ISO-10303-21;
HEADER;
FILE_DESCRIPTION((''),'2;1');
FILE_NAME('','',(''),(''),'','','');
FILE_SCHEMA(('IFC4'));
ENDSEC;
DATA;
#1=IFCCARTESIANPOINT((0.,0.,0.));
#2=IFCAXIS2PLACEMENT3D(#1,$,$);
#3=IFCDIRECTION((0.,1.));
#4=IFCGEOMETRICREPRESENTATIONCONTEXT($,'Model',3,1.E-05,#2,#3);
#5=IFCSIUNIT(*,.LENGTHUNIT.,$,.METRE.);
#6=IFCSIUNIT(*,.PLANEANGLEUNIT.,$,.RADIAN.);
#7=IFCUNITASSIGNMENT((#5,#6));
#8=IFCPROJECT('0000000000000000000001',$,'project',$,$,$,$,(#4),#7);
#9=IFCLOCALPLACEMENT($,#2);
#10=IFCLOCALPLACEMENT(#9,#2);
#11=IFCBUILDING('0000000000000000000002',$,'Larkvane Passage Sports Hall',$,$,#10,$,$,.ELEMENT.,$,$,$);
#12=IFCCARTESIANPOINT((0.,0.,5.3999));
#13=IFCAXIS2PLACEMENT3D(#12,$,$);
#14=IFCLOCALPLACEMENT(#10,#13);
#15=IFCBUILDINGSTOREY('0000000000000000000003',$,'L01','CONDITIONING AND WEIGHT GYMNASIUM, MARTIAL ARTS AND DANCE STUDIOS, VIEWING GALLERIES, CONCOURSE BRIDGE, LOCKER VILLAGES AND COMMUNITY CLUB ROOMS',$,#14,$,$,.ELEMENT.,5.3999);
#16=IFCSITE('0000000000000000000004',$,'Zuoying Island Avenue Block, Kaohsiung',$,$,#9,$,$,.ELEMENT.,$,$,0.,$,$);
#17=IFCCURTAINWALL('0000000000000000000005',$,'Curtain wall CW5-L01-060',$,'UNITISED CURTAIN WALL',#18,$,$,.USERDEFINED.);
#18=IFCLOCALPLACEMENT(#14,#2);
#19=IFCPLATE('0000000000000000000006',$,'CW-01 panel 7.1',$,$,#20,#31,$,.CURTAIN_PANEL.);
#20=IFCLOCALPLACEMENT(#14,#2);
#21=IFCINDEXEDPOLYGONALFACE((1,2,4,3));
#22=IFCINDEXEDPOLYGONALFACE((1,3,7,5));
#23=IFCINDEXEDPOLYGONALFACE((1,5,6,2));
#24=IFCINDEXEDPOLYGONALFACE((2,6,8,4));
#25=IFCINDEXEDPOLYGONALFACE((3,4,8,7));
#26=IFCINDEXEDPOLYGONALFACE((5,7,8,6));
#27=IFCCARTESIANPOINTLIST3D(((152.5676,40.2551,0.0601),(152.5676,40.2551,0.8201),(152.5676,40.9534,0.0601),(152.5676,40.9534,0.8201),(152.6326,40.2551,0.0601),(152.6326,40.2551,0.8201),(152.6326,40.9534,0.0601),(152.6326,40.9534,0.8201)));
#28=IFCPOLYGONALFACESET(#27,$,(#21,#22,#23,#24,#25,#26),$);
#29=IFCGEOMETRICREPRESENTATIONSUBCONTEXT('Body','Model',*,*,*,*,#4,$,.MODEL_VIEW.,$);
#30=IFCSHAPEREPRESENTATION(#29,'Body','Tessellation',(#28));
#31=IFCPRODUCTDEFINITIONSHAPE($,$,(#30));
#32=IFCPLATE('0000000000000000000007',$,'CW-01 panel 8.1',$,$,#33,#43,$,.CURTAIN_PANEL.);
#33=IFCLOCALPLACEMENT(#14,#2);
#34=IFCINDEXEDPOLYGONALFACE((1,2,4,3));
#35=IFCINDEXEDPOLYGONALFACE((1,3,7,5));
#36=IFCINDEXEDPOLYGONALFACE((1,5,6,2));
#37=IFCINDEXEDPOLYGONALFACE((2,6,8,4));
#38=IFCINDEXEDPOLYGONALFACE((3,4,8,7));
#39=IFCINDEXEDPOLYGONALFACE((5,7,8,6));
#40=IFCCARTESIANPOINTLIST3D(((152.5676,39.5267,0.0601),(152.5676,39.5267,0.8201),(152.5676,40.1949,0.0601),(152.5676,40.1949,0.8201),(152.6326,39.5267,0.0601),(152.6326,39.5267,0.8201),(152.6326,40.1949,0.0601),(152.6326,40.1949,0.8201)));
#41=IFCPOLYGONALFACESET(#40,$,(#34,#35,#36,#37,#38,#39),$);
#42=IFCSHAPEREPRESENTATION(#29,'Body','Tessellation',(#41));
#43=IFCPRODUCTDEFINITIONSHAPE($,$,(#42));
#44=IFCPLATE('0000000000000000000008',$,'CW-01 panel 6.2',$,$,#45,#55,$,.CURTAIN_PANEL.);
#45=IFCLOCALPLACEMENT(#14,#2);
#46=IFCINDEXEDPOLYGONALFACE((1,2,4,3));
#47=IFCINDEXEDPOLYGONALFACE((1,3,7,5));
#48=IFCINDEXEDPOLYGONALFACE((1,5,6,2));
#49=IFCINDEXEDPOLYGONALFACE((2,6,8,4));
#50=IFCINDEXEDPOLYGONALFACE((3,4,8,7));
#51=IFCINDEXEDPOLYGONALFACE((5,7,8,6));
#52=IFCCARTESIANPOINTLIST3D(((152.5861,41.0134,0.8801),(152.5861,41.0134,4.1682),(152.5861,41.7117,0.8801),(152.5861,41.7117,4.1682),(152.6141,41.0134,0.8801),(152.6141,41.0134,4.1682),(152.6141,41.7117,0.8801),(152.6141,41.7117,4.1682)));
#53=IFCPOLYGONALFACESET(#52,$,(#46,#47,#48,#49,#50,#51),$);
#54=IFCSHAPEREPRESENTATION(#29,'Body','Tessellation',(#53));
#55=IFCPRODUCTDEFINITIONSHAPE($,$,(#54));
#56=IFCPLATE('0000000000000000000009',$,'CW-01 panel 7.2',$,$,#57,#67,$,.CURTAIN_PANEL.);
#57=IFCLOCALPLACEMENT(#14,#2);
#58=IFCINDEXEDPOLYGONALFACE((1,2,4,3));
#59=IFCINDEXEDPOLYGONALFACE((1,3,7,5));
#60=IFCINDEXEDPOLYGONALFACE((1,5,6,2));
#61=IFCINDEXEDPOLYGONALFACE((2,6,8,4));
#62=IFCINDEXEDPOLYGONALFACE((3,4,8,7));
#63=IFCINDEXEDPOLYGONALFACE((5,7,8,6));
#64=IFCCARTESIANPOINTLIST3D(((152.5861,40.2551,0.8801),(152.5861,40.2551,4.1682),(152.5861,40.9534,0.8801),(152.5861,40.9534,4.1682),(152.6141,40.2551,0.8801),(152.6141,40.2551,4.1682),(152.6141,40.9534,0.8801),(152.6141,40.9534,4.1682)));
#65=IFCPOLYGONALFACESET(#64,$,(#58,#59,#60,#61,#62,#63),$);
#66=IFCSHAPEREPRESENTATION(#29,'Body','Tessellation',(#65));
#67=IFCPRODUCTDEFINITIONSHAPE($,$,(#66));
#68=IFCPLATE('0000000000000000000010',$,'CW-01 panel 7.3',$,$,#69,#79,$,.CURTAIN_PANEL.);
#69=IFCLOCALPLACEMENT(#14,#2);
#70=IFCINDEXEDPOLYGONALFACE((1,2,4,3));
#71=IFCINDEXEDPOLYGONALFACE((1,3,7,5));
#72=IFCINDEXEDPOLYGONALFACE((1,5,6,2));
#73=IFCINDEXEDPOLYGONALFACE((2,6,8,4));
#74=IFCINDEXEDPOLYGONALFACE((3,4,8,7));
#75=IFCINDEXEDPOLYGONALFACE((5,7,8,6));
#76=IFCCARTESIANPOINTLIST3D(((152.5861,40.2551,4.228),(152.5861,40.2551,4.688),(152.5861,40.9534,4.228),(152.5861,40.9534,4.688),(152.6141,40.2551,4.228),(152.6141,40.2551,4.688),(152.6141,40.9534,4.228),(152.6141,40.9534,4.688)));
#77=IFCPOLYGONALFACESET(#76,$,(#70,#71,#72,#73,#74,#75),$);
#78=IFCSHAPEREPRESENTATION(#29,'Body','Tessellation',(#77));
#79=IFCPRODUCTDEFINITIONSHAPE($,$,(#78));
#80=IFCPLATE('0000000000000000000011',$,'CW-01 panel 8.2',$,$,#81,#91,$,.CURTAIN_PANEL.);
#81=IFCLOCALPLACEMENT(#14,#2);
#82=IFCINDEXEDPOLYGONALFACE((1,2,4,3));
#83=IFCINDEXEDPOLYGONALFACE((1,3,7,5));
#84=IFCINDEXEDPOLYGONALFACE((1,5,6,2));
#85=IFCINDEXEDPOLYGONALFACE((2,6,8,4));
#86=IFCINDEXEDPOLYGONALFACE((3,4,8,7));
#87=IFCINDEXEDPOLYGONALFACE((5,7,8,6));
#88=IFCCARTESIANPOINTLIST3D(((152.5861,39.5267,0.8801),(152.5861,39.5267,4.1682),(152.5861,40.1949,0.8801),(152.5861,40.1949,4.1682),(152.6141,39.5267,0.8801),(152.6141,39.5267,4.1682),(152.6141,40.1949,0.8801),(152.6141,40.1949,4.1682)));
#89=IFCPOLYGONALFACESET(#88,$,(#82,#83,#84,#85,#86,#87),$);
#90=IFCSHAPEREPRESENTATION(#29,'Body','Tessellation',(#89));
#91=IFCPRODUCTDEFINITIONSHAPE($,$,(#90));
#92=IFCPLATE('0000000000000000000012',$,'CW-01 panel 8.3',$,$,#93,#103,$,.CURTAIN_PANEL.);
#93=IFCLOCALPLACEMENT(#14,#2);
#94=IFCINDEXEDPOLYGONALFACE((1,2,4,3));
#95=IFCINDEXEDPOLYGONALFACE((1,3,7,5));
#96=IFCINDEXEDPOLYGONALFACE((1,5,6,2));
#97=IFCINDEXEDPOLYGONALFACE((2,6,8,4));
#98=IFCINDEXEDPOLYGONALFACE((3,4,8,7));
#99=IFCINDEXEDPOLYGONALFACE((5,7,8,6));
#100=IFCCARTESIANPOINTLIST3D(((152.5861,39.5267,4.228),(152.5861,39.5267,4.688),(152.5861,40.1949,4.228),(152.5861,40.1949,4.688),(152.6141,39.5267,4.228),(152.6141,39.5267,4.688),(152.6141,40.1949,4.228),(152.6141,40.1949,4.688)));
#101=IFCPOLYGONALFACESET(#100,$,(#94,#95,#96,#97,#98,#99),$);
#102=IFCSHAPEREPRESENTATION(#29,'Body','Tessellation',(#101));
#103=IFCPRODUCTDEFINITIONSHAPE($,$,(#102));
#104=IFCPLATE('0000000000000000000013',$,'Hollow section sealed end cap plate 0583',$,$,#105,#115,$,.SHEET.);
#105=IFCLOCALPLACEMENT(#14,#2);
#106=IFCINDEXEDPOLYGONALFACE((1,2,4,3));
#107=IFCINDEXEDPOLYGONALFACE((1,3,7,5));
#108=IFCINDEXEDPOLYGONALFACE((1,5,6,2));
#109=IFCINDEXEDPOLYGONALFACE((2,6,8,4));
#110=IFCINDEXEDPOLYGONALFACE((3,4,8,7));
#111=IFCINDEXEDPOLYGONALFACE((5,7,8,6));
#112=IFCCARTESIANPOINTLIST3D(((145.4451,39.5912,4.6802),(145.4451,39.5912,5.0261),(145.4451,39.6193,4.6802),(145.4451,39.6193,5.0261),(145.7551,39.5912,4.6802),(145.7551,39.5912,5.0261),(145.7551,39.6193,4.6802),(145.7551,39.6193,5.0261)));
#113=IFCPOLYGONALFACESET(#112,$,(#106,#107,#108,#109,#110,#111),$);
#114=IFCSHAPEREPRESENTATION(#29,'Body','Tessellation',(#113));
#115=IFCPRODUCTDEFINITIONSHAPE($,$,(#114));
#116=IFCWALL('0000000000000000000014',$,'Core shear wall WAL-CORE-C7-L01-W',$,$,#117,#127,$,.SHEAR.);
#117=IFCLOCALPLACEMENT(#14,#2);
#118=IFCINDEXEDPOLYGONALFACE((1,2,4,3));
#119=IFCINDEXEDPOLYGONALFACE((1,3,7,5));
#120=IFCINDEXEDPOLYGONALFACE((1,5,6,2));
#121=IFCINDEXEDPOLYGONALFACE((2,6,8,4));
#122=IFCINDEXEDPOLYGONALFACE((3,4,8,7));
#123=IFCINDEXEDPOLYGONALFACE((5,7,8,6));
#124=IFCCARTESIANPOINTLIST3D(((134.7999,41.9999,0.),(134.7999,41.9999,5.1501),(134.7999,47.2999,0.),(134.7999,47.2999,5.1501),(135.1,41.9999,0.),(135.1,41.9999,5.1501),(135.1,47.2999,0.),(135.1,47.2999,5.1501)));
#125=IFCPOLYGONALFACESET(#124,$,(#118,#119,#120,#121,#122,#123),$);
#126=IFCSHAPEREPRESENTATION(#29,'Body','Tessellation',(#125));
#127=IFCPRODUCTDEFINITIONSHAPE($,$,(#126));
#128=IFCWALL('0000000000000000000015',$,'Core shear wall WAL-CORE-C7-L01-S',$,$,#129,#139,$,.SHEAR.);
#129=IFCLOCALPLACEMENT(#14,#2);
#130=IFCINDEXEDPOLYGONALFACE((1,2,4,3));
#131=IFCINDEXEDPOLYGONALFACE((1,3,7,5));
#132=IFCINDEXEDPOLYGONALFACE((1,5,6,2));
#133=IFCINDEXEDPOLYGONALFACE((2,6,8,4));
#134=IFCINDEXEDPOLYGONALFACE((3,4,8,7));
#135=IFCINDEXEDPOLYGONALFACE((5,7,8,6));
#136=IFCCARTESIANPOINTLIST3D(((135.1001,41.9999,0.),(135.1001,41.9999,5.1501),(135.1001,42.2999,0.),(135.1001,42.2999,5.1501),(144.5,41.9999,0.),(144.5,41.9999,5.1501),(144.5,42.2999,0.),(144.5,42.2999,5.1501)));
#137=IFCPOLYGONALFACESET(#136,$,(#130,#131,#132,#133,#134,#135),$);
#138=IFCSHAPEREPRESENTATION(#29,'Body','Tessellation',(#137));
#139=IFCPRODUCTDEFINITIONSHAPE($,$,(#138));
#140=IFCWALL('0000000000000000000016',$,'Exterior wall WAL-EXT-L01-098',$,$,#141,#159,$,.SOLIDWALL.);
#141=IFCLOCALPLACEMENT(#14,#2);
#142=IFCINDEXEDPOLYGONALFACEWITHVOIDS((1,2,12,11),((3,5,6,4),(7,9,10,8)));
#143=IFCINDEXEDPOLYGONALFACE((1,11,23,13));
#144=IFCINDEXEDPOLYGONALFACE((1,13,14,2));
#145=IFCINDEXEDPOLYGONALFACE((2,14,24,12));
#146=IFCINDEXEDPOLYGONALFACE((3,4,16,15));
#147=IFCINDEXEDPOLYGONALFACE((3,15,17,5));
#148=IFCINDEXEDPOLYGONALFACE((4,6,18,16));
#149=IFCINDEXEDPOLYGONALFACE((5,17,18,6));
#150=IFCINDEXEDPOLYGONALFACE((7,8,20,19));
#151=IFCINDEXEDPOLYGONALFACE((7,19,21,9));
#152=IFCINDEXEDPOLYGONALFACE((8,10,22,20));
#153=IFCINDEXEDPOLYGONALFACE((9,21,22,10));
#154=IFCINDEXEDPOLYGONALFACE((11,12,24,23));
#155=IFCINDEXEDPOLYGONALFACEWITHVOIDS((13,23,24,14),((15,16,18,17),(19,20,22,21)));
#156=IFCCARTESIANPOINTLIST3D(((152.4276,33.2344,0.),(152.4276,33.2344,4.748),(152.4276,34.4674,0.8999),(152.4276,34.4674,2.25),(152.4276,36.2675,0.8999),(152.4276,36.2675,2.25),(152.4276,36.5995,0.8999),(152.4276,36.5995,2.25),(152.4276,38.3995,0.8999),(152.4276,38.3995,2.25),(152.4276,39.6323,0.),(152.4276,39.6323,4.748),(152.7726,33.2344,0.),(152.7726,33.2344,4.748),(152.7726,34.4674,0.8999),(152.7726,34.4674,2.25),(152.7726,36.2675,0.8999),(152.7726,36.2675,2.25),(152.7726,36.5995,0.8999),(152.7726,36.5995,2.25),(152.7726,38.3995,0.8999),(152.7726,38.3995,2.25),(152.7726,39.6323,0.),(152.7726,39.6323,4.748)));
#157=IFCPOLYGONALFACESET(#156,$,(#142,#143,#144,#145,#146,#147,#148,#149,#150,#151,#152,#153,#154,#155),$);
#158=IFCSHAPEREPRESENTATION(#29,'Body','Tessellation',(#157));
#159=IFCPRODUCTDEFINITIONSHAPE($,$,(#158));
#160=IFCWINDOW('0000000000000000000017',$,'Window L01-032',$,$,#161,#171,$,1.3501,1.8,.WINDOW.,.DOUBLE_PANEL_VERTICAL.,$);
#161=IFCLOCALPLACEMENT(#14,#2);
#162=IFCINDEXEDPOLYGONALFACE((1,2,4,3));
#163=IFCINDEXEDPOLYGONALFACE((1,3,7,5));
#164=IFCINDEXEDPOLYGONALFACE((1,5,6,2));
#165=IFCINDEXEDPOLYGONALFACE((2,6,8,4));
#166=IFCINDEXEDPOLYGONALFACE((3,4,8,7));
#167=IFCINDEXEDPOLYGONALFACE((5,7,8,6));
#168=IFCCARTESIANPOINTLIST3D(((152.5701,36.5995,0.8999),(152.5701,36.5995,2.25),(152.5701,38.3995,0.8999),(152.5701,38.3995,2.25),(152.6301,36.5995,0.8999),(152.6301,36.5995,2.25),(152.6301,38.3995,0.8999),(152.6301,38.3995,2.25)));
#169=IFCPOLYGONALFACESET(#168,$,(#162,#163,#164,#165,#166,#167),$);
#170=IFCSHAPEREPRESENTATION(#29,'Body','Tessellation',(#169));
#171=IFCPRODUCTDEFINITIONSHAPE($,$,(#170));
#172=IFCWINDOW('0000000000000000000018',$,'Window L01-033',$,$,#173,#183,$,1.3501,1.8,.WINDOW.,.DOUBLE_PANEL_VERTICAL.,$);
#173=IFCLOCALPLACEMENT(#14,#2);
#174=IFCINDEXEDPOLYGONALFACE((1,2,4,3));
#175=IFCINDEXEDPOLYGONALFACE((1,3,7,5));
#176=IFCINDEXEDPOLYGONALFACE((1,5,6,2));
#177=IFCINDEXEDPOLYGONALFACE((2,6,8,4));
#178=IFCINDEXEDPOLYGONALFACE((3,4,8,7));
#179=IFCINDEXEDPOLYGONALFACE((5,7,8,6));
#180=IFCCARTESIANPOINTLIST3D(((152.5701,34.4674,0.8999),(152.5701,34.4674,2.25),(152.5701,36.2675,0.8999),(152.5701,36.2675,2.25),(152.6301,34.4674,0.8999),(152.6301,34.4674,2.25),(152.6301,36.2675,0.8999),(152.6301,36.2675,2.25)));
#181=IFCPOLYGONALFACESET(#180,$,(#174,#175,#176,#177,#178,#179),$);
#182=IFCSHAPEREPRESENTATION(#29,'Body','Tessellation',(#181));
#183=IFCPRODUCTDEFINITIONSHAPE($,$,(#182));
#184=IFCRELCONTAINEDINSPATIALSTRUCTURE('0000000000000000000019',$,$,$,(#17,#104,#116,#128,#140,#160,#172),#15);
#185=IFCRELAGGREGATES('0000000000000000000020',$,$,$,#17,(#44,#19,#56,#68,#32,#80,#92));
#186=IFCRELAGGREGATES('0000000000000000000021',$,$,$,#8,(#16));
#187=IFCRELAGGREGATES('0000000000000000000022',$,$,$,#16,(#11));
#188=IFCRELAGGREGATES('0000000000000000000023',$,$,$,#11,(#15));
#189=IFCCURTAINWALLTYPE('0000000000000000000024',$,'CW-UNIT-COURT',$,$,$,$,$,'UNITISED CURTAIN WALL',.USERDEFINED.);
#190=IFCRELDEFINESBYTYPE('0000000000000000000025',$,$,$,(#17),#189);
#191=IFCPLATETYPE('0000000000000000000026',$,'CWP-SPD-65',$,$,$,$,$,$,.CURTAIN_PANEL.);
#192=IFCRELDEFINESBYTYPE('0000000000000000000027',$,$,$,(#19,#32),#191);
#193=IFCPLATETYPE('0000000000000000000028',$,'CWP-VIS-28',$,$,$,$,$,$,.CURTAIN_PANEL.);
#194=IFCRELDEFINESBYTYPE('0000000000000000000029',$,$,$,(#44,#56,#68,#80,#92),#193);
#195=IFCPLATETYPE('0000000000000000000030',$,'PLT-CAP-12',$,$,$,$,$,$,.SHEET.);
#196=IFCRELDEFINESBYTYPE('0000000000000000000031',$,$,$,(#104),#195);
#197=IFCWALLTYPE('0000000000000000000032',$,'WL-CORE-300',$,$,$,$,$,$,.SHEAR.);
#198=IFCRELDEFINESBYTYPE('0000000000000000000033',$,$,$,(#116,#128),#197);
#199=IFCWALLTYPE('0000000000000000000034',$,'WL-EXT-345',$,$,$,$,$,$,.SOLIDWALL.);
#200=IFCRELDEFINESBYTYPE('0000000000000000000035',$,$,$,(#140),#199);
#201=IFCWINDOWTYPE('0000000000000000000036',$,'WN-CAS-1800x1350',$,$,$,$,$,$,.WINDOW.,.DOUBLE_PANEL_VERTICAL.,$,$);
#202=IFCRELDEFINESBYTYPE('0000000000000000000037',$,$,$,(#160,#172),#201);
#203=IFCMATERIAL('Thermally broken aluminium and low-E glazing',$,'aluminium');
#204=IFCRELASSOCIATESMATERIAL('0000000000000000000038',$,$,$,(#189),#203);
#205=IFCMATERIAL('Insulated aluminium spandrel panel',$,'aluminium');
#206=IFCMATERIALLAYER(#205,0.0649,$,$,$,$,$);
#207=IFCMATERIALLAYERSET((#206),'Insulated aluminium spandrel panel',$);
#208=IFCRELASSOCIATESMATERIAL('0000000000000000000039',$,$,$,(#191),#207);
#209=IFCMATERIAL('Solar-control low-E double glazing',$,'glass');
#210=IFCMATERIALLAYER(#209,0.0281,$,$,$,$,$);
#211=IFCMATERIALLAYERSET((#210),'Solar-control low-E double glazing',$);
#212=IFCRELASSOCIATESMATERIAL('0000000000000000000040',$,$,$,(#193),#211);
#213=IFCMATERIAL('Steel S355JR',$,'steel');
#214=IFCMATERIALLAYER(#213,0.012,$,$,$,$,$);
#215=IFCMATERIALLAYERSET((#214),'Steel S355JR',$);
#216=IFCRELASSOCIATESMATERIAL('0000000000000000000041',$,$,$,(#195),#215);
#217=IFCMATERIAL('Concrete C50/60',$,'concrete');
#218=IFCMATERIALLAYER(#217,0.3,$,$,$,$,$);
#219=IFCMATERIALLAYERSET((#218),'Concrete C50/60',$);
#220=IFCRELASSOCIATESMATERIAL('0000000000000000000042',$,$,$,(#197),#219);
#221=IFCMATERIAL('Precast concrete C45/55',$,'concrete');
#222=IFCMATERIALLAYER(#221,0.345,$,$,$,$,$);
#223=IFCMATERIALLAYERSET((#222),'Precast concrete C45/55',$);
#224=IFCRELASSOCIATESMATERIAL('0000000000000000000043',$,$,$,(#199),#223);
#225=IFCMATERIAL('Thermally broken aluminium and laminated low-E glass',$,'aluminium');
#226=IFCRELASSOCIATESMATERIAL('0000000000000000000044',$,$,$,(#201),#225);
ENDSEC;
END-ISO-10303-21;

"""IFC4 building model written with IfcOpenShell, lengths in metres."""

from ifc_helpers import new_model, si_unit, direction, frame, frame_2d, origin, origin_2d, place, context, subcontext, project, spatial, rectangle, extrude, material, layer, layer_set, type_object, element, fill, aggregate, save


model = new_model("IFC4")

# Units and contexts
model_context = context("Model", 3, precision=1e-05, world=origin(), true_north=direction((0.0, 1.0)))
body_context = subcontext(model_context, "Body", "Model", "MODEL_VIEW")
ifc_project = project(units=[si_unit("LENGTHUNIT", "METRE"), si_unit("PLANEANGLEUNIT", "RADIAN")], contexts=[model_context])

# Site, building, storey
site_placement = place(None, origin())
site = spatial("IfcSite", under=ifc_project, at=site_placement, Name="Zuoying Island Avenue Block, Kaohsiung", CompositionType="ELEMENT", RefElevation=0.0)
building_placement = place(site_placement, origin())
building = spatial("IfcBuilding", under=site, at=building_placement, Name="Larkvane Passage Sports Hall", CompositionType="ELEMENT")
storey_placement = place(building_placement, frame((0.0, 0.0, 5.3999)))
storey = spatial("IfcBuildingStorey", under=building, at=storey_placement, Name="L01", Description="CONDITIONING AND WEIGHT GYMNASIUM, MARTIAL ARTS AND DANCE STUDIOS, VIEWING GALLERIES, CONCOURSE BRIDGE, LOCKER VILLAGES AND COMMUNITY CLUB ROOMS", CompositionType="ELEMENT", Elevation=5.3999)

# Shared definitions
ifc_material_1 = material(Name="Steel S355JR", Category="steel")

# Curtain wall
ifc_material_2 = material(Name="Thermally broken aluminium and low-E glazing", Category="aluminium")
curtain_wall_type = type_object("IfcCurtainWallType", Name="CW-UNIT-COURT", ElementType="UNITISED CURTAIN WALL", PredefinedType="USERDEFINED", material=ifc_material_2)
curtain_wall_placement = place(storey_placement, origin())
curtain_wall = element("IfcCurtainWall", 1, at=curtain_wall_placement, inside=storey, type_object=curtain_wall_type, Name="Curtain wall CW5-L01-060", ObjectType="UNITISED CURTAIN WALL", PredefinedType="USERDEFINED")

# Plates
ifc_material_3 = material(Name="Insulated aluminium spandrel panel", Category="aluminium")
ifc_layer_1 = layer(ifc_material_3, 0.0649)
ifc_layer_set_1 = layer_set([ifc_layer_1], Name="Insulated aluminium spandrel panel")
plate_type_1 = type_object("IfcPlateType", Name="CWP-SPD-65", PredefinedType="CURTAIN_PANEL", material=ifc_layer_set_1)
plate_1_placement = place(storey_placement, frame((152.6001, 40.6042, 0.0601), z_axis=(0.0, 0.0, 1.0), x_axis=(0.0, -1.0, 0.0)))
plate_1 = element("IfcPlate", 2, at=plate_1_placement, type_object=plate_type_1, Name="CW-01 panel 7.1", PredefinedType="CURTAIN_PANEL", context=body_context, shape_type="SweptSolid", body=[
    extrude(rectangle(XDim=0.6982, YDim=0.0649, at=origin_2d()), origin(), (0.0, 0.0, 1.0), 0.76),
])
plate_2_placement = place(storey_placement, frame((152.6001, 39.8608, 0.0601), z_axis=(0.0, 0.0, 1.0), x_axis=(0.0, -1.0, 0.0)))
plate_2 = element("IfcPlate", 3, at=plate_2_placement, type_object=plate_type_1, Name="CW-01 panel 8.1", PredefinedType="CURTAIN_PANEL", context=body_context, shape_type="SweptSolid", body=[
    extrude(rectangle(XDim=0.6682, YDim=0.0649, at=origin_2d()), origin(), (0.0, 0.0, 1.0), 0.76),
])
ifc_material_4 = material(Name="Solar-control low-E double glazing", Category="glass")
ifc_layer_2 = layer(ifc_material_4, 0.0281)
ifc_layer_set_2 = layer_set([ifc_layer_2], Name="Solar-control low-E double glazing")
plate_type_2 = type_object("IfcPlateType", Name="CWP-VIS-28", PredefinedType="CURTAIN_PANEL", material=ifc_layer_set_2)
plate_3_placement = place(storey_placement, frame((152.6001, 41.3625, 0.8801), z_axis=(0.0, 0.0, 1.0), x_axis=(0.0, -1.0, 0.0)))
plate_3 = element("IfcPlate", 4, at=plate_3_placement, type_object=plate_type_2, Name="CW-01 panel 6.2", PredefinedType="CURTAIN_PANEL", context=body_context, shape_type="SweptSolid", body=[
    extrude(rectangle(XDim=0.6982, YDim=0.0281, at=origin_2d()), origin(), (0.0, 0.0, 1.0), 3.2881),
])
plate_4_placement = place(storey_placement, frame((152.6001, 40.6042, 0.8801), z_axis=(0.0, 0.0, 1.0), x_axis=(0.0, -1.0, 0.0)))
plate_4 = element("IfcPlate", 5, at=plate_4_placement, type_object=plate_type_2, Name="CW-01 panel 7.2", PredefinedType="CURTAIN_PANEL", context=body_context, shape_type="SweptSolid", body=[
    extrude(rectangle(XDim=0.6982, YDim=0.0281, at=origin_2d()), origin(), (0.0, 0.0, 1.0), 3.2881),
])
plate_5_placement = place(storey_placement, frame((152.6001, 40.6042, 4.228), z_axis=(0.0, 0.0, 1.0), x_axis=(0.0, -1.0, 0.0)))
plate_5 = element("IfcPlate", 6, at=plate_5_placement, type_object=plate_type_2, Name="CW-01 panel 7.3", PredefinedType="CURTAIN_PANEL", context=body_context, shape_type="SweptSolid", body=[
    extrude(rectangle(XDim=0.6982, YDim=0.0281, at=origin_2d()), origin(), (0.0, 0.0, 1.0), 0.46),
])
plate_6_placement = place(storey_placement, frame((152.6001, 39.8608, 0.8801), z_axis=(0.0, 0.0, 1.0), x_axis=(0.0, -1.0, 0.0)))
plate_6 = element("IfcPlate", 7, at=plate_6_placement, type_object=plate_type_2, Name="CW-01 panel 8.2", PredefinedType="CURTAIN_PANEL", context=body_context, shape_type="SweptSolid", body=[
    extrude(rectangle(XDim=0.6682, YDim=0.0281, at=origin_2d()), origin(), (0.0, 0.0, 1.0), 3.2881),
])
plate_7_placement = place(storey_placement, frame((152.6001, 39.8608, 4.228), z_axis=(0.0, 0.0, 1.0), x_axis=(0.0, -1.0, 0.0)))
plate_7 = element("IfcPlate", 8, at=plate_7_placement, type_object=plate_type_2, Name="CW-01 panel 8.3", PredefinedType="CURTAIN_PANEL", context=body_context, shape_type="SweptSolid", body=[
    extrude(rectangle(XDim=0.6682, YDim=0.0281, at=origin_2d()), origin(), (0.0, 0.0, 1.0), 0.46),
])
aggregate(curtain_wall, [plate_3, plate_1, plate_4, plate_5, plate_2, plate_6, plate_7])
ifc_layer_3 = layer(ifc_material_1, 0.012)
ifc_layer_set_3 = layer_set([ifc_layer_3], Name="Steel S355JR")
plate_type_3 = type_object("IfcPlateType", Name="PLT-CAP-12", PredefinedType="SHEET", material=ifc_layer_set_3)
plate_8_placement = place(storey_placement, frame((145.6001, 39.6052, 4.6802), z_axis=(0.0, 0.0, 1.0), x_axis=(-1.0, 0.0, 0.0)))
element("IfcPlate", 9, at=plate_8_placement, inside=storey, type_object=plate_type_3, Name="Hollow section sealed end cap plate 0583", PredefinedType="SHEET", context=body_context, shape_type="SweptSolid", body=[
    extrude(rectangle(XDim=0.3101, YDim=0.0281, at=origin_2d()), origin(), (0.0, 0.0, 1.0), 0.3459),
])

# Walls
ifc_material_5 = material(Name="Concrete C50/60", Category="concrete")
ifc_layer_4 = layer(ifc_material_5, 0.3)
ifc_layer_set_4 = layer_set([ifc_layer_4], Name="Concrete C50/60")
wall_type_1 = type_object("IfcWallType", Name="WL-CORE-300", PredefinedType="SHEAR", material=ifc_layer_set_4)
wall_1_placement = place(storey_placement, frame((134.95, 42.0, 0.0), z_axis=(0.0, 0.0, 1.0), x_axis=(0.0, 1.0, 0.0)))
element("IfcWall", 10, at=wall_1_placement, inside=storey, type_object=wall_type_1, Name="Core shear wall WAL-CORE-C7-L01-W", PredefinedType="SHEAR", context=body_context, shape_type="SweptSolid", body=[
    extrude(rectangle(XDim=5.3, YDim=0.3, at=frame_2d((2.6499, 0.0))), origin(), (0.0, 0.0, 1.0), 5.1501),
])
wall_2_placement = place(storey_placement, frame((144.5, 42.1499, 0.0), z_axis=(0.0, 0.0, 1.0), x_axis=(-1.0, 0.0, 0.0)))
element("IfcWall", 11, at=wall_2_placement, inside=storey, type_object=wall_type_1, Name="Core shear wall WAL-CORE-C7-L01-S", PredefinedType="SHEAR", context=body_context, shape_type="SweptSolid", body=[
    extrude(rectangle(XDim=9.3999, YDim=0.3, at=frame_2d((4.7, 0.0))), origin(), (0.0, 0.0, 1.0), 5.1501),
])

# Wall, openings, windows
ifc_material_6 = material(Name="Precast concrete C45/55", Category="concrete")
ifc_layer_5 = layer(ifc_material_6, 0.345)
ifc_layer_set_5 = layer_set([ifc_layer_5], Name="Precast concrete C45/55")
wall_type_2 = type_object("IfcWallType", Name="WL-EXT-345", PredefinedType="SOLIDWALL", material=ifc_layer_set_5)
wall_3_placement = place(storey_placement, frame((152.6001, 39.6323, 0.0), z_axis=(0.0, 0.0, 1.0), x_axis=(0.0, -1.0, 0.0)))
wall_3 = element("IfcWall", 12, at=wall_3_placement, inside=storey, type_object=wall_type_2, Name="Exterior wall WAL-EXT-L01-098", PredefinedType="SOLIDWALL", context=body_context, shape_type="SweptSolid", body=[
    extrude(rectangle(XDim=6.3979, YDim=0.345, at=frame_2d((3.199, 0.0))), origin(), (0.0, 0.0, 1.0), 4.748),
])
opening_1_placement = place(wall_3_placement, frame((1.2329, 0.0, 0.8999)))
opening_1 = element("IfcOpeningElement", 13, at=opening_1_placement, cuts=wall_3, PredefinedType="OPENING", context=body_context, shape_type="SweptSolid", body=[
    extrude(rectangle(XDim=1.8, YDim=1.3501, at=frame_2d((0.8999, 0.675))), frame((0.0, 0.1824, 0.0), z_axis=(0.0, -1.0, 0.0), x_axis=(1.0, 0.0, 0.0)), (0.0, 0.0, 1.0), 0.365),
])
opening_2_placement = place(wall_3_placement, frame((3.365, 0.0, 0.8999)))
opening_2 = element("IfcOpeningElement", 14, at=opening_2_placement, cuts=wall_3, PredefinedType="OPENING", context=body_context, shape_type="SweptSolid", body=[
    extrude(rectangle(XDim=1.8, YDim=1.3501, at=frame_2d((0.8999, 0.675))), frame((0.0, 0.1824, 0.0), z_axis=(0.0, -1.0, 0.0), x_axis=(1.0, 0.0, 0.0)), (0.0, 0.0, 1.0), 0.365),
])
ifc_material_7 = material(Name="Thermally broken aluminium and laminated low-E glass", Category="aluminium")
window_type = type_object("IfcWindowType", Name="WN-CAS-1800x1350", PartitioningType="DOUBLE_PANEL_VERTICAL", PredefinedType="WINDOW", material=ifc_material_7)
window_1_placement = place(opening_1_placement, origin())
window_1 = element("IfcWindow", 15, at=window_1_placement, inside=storey, type_object=window_type, Name="Window L01-032", OverallHeight=1.3501, OverallWidth=1.8, PartitioningType="DOUBLE_PANEL_VERTICAL", PredefinedType="WINDOW", context=body_context, shape_type="SweptSolid", body=[
    extrude(rectangle(XDim=1.8, YDim=1.3501, at=frame_2d((0.8999, 0.675))), frame((0.0, 0.03, 0.0), z_axis=(0.0, -1.0, 0.0), x_axis=(1.0, 0.0, 0.0)), (0.0, 0.0, 1.0), 0.0601),
])
fill(opening_1, window_1)
window_2_placement = place(opening_2_placement, origin())
window_2 = element("IfcWindow", 16, at=window_2_placement, inside=storey, type_object=window_type, Name="Window L01-033", OverallHeight=1.3501, OverallWidth=1.8, PartitioningType="DOUBLE_PANEL_VERTICAL", PredefinedType="WINDOW", context=body_context, shape_type="SweptSolid", body=[
    extrude(rectangle(XDim=1.8, YDim=1.3501, at=frame_2d((0.8999, 0.675))), frame((0.0, 0.03, 0.0), z_axis=(0.0, -1.0, 0.0), x_axis=(1.0, 0.0, 0.0)), (0.0, 0.0, 1.0), 0.0601),
])
fill(opening_2, window_2)

save(model, "model.ifc")
